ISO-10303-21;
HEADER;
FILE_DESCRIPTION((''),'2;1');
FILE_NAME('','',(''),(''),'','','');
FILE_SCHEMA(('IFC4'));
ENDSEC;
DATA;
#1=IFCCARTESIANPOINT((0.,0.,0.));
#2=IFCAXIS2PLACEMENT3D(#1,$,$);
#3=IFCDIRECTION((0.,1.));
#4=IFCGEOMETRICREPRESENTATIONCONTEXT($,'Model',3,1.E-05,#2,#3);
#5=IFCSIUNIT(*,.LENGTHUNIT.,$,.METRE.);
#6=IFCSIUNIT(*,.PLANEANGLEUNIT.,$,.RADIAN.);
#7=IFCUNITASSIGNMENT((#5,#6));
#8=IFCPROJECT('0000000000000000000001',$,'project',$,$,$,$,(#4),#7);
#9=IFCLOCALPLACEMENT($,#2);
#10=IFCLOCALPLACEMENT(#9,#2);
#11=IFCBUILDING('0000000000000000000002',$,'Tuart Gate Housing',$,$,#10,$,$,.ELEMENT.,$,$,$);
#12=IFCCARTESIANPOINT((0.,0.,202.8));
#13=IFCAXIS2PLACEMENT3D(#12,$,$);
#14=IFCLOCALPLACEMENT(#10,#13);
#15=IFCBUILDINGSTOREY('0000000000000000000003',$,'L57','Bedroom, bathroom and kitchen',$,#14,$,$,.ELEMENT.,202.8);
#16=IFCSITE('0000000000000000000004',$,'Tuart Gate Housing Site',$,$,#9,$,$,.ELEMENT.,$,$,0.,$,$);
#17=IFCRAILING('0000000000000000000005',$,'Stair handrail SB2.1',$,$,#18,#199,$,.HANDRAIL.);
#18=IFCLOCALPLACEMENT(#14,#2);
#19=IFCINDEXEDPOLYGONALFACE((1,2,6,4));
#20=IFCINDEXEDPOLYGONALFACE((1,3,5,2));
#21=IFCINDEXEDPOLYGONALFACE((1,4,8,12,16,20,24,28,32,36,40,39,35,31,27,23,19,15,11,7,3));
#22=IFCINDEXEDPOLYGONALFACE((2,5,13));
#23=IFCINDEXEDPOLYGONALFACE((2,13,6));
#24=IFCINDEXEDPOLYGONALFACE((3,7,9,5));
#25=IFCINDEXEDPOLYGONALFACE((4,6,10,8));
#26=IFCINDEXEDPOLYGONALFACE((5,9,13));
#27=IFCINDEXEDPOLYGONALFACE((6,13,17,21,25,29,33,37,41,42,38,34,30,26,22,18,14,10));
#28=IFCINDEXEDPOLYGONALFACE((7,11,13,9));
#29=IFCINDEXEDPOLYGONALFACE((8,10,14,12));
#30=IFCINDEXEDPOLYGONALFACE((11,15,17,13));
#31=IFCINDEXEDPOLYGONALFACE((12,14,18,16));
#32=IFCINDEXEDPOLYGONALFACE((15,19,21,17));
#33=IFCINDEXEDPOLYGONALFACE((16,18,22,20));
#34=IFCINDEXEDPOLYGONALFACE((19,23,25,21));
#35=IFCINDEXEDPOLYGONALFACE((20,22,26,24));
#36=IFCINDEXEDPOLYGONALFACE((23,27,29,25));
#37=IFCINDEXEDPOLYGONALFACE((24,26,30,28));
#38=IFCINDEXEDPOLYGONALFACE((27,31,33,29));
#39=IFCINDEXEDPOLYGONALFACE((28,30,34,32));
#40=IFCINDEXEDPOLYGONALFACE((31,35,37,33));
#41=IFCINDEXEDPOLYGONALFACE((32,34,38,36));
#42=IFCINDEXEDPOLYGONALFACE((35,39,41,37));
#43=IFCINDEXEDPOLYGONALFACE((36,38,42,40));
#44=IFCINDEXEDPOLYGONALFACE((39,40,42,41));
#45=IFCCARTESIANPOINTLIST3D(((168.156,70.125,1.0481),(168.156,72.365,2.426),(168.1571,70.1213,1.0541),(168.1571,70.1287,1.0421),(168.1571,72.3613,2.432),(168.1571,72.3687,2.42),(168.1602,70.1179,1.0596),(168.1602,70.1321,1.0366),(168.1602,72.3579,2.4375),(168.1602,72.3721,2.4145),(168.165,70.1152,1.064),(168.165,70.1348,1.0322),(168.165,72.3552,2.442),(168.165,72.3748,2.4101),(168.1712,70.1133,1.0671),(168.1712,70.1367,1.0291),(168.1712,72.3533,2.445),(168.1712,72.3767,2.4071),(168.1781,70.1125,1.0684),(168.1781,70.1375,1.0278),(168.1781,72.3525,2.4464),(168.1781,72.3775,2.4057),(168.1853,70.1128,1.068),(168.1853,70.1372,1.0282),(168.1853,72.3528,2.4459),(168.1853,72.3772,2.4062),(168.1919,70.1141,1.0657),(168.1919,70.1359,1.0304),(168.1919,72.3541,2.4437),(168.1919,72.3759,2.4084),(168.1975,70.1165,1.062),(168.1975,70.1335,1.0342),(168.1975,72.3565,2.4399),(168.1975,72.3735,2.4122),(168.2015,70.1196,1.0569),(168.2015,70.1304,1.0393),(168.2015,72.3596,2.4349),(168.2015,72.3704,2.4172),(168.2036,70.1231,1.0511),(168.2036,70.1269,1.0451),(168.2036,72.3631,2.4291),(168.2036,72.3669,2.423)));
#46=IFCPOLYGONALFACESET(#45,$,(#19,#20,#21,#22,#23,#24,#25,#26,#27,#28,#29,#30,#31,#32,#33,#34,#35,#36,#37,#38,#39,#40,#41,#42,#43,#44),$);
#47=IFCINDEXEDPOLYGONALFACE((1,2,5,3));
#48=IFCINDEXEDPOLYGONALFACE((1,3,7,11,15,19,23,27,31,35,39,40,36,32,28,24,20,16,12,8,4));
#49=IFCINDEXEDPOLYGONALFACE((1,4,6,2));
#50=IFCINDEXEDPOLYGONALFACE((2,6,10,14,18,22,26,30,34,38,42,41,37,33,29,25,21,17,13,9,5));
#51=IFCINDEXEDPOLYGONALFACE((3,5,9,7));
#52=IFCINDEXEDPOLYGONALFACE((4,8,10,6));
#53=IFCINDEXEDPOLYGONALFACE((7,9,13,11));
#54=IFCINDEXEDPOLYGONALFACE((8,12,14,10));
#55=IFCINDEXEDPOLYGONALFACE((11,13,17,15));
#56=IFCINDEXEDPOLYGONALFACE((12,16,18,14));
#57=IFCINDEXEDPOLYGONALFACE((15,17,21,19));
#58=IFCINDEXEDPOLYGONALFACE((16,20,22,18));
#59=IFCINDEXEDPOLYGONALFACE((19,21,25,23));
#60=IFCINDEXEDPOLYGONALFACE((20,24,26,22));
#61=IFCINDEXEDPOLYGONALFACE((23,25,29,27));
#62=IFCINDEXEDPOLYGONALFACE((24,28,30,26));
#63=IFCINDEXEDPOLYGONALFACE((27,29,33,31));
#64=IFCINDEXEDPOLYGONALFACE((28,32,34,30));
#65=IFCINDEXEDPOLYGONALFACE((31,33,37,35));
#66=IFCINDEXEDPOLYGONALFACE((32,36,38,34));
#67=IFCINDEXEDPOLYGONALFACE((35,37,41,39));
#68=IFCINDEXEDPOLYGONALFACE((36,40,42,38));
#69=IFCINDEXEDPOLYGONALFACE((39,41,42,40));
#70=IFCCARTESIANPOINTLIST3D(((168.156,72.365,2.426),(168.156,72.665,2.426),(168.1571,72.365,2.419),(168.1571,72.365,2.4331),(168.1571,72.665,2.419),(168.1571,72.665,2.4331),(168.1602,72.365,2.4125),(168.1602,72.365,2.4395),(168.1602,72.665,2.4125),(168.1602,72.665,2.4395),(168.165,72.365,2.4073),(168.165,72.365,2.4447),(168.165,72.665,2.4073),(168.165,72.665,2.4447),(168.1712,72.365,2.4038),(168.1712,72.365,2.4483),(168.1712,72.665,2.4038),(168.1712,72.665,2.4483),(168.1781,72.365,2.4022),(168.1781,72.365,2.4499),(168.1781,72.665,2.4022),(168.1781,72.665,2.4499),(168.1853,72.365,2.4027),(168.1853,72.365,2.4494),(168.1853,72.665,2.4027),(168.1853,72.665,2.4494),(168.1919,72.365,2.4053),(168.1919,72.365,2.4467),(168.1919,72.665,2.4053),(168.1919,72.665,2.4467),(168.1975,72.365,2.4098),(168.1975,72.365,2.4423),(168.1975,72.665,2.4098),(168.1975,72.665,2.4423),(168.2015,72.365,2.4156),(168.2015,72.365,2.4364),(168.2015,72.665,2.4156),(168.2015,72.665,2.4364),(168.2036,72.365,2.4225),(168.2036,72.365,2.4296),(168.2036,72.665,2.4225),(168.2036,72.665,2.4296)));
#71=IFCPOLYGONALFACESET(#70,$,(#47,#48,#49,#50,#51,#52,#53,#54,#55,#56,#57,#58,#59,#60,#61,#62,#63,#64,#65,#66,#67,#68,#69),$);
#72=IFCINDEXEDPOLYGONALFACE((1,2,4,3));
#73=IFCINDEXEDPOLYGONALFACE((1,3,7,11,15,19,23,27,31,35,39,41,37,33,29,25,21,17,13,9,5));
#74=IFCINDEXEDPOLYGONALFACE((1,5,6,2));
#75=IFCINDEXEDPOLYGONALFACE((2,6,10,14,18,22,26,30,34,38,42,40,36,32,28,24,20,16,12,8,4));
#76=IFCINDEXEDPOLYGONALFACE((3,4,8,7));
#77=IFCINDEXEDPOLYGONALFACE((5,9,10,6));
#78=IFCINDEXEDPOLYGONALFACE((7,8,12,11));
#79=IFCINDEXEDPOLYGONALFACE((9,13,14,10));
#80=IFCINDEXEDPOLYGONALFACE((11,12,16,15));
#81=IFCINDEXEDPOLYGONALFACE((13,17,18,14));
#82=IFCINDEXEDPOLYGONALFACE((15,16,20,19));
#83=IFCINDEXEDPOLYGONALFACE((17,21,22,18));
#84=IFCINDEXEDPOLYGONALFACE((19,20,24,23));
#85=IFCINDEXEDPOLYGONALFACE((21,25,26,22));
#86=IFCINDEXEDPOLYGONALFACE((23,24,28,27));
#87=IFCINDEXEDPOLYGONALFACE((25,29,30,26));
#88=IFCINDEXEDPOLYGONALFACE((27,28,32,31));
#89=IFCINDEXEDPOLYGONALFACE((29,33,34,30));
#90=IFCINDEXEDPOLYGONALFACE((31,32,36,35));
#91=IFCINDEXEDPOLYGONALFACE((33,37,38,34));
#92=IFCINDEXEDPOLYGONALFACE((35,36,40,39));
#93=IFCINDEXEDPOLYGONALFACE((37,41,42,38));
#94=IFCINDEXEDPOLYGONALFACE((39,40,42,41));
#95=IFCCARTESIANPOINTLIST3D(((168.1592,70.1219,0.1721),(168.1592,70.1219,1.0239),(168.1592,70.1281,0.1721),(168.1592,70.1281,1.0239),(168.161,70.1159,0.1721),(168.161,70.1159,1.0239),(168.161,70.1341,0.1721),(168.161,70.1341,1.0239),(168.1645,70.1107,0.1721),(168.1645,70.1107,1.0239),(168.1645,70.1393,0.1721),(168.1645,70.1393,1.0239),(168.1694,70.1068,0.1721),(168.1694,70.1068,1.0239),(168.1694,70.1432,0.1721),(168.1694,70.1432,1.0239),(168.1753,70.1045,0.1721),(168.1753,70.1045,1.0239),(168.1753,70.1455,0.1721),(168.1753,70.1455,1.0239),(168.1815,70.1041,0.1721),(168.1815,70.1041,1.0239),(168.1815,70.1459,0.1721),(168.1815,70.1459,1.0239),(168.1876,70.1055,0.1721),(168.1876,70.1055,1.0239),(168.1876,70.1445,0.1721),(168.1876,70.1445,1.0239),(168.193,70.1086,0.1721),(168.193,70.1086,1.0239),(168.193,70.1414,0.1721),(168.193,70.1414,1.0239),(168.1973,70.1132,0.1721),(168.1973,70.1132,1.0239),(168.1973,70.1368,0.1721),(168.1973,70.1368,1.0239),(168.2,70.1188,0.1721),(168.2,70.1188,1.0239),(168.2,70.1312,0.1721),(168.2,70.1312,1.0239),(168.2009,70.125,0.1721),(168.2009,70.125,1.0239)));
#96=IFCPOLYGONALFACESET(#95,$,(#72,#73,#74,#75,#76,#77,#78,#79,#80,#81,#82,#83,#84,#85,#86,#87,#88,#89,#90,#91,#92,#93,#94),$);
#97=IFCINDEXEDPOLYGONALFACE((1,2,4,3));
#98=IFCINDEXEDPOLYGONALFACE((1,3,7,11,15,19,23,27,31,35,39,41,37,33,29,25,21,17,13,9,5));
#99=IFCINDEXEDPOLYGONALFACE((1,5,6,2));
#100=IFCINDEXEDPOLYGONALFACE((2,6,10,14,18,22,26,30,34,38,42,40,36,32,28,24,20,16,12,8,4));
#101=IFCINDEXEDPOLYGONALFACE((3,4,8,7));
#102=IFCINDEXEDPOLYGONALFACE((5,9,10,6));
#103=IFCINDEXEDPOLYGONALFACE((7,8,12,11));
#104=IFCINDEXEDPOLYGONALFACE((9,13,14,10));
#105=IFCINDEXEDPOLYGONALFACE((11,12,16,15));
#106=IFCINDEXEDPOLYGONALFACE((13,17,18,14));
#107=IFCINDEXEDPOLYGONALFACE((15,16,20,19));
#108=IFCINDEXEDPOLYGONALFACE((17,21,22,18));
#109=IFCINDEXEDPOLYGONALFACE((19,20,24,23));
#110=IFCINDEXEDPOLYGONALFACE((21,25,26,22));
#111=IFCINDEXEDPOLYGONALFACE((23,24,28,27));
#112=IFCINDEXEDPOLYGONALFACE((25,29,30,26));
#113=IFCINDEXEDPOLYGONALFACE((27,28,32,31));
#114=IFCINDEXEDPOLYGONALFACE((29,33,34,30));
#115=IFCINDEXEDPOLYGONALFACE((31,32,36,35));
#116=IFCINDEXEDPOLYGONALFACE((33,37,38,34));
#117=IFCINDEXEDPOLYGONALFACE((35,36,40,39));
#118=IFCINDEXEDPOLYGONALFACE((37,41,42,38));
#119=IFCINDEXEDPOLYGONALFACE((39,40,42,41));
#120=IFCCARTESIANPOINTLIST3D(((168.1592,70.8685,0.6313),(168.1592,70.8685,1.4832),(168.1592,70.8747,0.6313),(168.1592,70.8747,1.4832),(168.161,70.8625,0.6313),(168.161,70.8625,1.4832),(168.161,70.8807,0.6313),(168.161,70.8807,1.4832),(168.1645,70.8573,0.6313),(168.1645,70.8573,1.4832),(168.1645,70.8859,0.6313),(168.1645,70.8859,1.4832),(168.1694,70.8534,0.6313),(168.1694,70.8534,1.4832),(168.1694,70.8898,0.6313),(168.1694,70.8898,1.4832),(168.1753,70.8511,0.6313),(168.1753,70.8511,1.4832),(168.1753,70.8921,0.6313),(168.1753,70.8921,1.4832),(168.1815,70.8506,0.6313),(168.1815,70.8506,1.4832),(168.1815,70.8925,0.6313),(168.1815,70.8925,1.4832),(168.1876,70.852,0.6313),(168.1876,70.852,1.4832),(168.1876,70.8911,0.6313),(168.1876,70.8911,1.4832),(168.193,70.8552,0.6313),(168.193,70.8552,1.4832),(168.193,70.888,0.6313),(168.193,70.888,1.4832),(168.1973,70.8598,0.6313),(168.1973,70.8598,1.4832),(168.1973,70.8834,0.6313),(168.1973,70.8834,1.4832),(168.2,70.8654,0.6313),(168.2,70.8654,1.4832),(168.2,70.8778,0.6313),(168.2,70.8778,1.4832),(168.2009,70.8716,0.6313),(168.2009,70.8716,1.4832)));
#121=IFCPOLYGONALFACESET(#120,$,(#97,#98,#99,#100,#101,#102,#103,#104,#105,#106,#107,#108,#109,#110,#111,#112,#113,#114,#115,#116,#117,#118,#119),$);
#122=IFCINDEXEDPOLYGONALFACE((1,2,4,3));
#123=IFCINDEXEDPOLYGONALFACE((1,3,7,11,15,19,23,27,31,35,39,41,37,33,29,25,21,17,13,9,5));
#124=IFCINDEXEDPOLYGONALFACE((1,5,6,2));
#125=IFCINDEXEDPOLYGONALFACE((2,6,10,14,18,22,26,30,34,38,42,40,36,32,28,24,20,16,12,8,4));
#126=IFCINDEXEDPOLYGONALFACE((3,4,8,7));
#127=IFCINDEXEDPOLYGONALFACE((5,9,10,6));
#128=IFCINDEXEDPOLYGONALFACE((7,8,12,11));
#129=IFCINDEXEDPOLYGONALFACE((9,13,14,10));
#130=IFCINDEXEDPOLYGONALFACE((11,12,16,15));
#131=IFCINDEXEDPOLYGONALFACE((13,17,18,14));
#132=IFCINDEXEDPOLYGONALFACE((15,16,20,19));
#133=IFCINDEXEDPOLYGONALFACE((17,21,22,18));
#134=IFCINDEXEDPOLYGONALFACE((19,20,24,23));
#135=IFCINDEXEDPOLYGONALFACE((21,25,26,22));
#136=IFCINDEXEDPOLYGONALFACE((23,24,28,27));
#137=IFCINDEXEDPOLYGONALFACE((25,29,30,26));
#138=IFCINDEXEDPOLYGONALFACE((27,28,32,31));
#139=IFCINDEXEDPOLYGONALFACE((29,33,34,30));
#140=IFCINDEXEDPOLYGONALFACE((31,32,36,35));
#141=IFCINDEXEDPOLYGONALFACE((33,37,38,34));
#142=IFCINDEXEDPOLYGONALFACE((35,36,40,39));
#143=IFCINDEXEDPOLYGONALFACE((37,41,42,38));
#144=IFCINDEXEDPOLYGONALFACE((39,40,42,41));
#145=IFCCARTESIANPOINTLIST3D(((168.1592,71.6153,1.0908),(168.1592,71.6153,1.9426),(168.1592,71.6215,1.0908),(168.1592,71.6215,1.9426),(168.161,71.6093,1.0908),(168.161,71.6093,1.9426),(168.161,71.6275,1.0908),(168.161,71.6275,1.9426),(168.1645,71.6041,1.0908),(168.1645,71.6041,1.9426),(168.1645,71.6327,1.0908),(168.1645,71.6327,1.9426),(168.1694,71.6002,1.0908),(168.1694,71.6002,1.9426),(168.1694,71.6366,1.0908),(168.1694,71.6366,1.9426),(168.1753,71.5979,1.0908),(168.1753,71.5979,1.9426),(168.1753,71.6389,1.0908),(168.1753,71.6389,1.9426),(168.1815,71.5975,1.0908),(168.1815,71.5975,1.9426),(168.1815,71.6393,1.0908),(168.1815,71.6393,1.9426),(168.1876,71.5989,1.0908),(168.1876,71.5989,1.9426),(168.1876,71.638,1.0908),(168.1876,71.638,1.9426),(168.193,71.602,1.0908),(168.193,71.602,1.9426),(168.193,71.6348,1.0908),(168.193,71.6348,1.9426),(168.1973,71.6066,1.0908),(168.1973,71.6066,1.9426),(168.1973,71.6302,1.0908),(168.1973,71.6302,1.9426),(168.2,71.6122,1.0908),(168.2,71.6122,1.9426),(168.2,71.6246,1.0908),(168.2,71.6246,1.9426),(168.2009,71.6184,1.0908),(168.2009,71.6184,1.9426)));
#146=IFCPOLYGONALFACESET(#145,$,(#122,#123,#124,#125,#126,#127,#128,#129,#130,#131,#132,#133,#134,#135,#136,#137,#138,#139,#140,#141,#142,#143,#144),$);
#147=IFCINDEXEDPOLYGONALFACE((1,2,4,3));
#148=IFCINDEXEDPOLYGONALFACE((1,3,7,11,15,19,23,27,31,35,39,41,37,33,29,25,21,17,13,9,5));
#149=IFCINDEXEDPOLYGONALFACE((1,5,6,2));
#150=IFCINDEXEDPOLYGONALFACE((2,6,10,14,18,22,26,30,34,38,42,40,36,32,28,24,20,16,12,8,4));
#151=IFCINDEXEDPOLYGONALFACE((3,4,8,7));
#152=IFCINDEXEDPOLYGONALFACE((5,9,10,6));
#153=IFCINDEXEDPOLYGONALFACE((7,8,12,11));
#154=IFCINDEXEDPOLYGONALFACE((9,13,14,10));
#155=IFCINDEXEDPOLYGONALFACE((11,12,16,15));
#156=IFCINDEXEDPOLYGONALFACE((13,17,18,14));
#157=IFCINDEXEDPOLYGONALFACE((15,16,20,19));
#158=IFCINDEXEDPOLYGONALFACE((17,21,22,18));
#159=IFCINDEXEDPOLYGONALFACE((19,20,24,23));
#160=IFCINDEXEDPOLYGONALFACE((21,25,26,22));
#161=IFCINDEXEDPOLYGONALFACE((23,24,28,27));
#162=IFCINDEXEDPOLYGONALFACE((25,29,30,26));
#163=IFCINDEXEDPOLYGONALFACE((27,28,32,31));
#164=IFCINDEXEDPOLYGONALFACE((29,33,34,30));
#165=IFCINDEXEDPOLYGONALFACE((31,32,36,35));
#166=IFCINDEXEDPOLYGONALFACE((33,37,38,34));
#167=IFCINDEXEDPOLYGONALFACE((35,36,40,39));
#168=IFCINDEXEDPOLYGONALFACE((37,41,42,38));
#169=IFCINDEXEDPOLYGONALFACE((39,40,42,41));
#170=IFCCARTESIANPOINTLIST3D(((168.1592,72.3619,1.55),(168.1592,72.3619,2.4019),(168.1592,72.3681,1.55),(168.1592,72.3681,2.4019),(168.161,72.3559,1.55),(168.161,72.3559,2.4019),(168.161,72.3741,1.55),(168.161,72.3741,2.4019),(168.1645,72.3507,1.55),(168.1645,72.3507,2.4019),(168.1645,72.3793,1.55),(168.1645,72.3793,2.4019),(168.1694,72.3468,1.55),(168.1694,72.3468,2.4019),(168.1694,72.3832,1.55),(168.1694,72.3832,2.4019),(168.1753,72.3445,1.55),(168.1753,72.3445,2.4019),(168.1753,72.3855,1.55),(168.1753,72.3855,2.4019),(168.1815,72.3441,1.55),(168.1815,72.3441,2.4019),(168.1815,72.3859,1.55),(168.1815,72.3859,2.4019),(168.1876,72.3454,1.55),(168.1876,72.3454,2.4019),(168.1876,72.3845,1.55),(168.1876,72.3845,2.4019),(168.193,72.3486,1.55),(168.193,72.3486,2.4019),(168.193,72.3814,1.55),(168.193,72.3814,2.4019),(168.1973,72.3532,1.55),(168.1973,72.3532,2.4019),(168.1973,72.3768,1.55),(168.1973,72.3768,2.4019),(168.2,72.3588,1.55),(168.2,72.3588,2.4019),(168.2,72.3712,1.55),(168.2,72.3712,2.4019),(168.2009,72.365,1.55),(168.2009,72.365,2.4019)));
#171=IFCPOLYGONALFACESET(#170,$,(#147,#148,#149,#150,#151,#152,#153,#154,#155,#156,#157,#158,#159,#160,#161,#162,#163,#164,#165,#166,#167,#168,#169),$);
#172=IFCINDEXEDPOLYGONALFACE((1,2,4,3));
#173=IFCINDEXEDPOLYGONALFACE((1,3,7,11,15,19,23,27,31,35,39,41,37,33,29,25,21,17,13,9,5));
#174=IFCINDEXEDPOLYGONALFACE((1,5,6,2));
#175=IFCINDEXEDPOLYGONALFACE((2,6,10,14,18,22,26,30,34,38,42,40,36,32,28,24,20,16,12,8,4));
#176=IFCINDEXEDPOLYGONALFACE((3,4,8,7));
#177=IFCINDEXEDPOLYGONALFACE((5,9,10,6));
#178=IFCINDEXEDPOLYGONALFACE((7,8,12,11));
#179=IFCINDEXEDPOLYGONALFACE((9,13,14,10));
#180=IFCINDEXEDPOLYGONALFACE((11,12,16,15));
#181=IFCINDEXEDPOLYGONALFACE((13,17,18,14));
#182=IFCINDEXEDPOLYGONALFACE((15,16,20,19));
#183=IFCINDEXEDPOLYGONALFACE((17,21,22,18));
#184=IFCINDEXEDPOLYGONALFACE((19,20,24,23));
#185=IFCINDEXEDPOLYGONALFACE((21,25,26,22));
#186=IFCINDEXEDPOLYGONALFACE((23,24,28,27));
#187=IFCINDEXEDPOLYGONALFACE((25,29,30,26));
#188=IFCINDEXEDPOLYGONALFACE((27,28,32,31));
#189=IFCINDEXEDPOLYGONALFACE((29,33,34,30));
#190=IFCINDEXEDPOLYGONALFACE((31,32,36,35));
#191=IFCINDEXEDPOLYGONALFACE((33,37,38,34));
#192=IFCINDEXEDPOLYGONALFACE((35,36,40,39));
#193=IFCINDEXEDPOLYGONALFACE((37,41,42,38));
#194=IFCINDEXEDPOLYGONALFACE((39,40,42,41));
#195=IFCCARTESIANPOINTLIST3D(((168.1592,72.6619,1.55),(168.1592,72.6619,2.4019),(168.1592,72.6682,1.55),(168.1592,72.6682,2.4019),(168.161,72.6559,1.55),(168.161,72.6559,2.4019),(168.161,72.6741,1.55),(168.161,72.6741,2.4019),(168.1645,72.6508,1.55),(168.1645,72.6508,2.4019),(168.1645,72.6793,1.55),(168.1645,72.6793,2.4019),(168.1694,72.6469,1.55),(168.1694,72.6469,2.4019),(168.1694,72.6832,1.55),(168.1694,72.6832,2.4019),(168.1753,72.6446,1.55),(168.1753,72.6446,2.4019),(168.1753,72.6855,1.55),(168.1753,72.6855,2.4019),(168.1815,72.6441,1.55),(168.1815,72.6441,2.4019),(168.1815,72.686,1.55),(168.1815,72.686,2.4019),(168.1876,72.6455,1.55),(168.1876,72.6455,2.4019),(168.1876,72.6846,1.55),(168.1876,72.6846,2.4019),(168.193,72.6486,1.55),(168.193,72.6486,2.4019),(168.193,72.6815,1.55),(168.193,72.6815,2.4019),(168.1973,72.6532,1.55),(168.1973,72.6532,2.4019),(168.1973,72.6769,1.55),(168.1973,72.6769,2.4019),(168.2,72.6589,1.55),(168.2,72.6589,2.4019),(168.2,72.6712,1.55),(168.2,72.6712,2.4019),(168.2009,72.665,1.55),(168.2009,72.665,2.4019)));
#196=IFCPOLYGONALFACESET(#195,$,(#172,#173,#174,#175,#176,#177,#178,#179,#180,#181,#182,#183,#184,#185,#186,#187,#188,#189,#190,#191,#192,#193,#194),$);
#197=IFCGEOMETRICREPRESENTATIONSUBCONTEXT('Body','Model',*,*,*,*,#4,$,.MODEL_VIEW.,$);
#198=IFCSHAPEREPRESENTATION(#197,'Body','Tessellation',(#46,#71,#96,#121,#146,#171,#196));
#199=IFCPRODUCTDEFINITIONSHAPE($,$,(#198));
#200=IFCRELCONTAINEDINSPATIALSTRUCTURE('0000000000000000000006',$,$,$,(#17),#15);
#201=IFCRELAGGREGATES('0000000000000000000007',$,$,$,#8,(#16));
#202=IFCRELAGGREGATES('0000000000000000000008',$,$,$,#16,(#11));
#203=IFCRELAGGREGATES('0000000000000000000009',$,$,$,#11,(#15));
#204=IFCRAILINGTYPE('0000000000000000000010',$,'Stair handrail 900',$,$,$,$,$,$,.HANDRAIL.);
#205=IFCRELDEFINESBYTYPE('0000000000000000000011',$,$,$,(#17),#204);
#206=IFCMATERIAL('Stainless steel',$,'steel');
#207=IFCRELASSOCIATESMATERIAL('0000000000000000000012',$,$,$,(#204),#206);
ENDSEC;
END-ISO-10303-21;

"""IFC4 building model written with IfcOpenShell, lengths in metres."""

from ifc_helpers import new_model, si_unit, direction, frame, origin, origin_2d, place, context, subcontext, project, spatial, circle, extrude, material, type_object, element, save


model = new_model("IFC4")

# Units and contexts
model_context = context("Model", 3, precision=1e-05, world=origin(), true_north=direction((0.0, 1.0)))
body_context = subcontext(model_context, "Body", "Model", "MODEL_VIEW")
ifc_project = project(units=[si_unit("LENGTHUNIT", "METRE"), si_unit("PLANEANGLEUNIT", "RADIAN")], contexts=[model_context])

# Site, building, storey
site_placement = place(None, origin())
site = spatial("IfcSite", under=ifc_project, at=site_placement, Name="Tuart Gate Housing Site", CompositionType="ELEMENT", RefElevation=0.0)
building_placement = place(site_placement, origin())
building = spatial("IfcBuilding", under=site, at=building_placement, Name="Tuart Gate Housing", CompositionType="ELEMENT")
storey_placement = place(building_placement, frame((0.0, 0.0, 202.8)))
storey = spatial("IfcBuildingStorey", under=building, at=storey_placement, Name="L57", Description="Bedroom, bathroom and kitchen", CompositionType="ELEMENT", Elevation=202.8)

# Railing
ifc_material_1 = material(Name="Stainless steel", Category="steel")
railing_type = type_object("IfcRailingType", Name="Stair handrail 900", PredefinedType="HANDRAIL", material=ifc_material_1)
railing_placement = place(storey_placement, frame((168.1799, 70.125, 0.1721)))
element("IfcRailing", 1, at=railing_placement, inside=storey, type_object=railing_type, Name="Stair handrail SB2.1", PredefinedType="HANDRAIL", context=body_context, shape_type="SweptSolid", body=[
    extrude(circle(Radius=0.0239, at=origin_2d()), frame((0.0, 0.0, 0.876), z_axis=(0.0, 0.851748, 0.523952), x_axis=(-1.0, 0.0, 0.0)), (0.0, 0.0, 1.0), 2.6299),
    extrude(circle(Radius=0.0239, at=origin_2d()), frame((0.0, 2.24, 2.2539), z_axis=(0.0, 1.0, 0.0), x_axis=(-1.0, 0.0, 0.0)), (0.0, 0.0, 1.0), 0.3),
    extrude(circle(Radius=0.021, at=origin_2d()), origin(), (0.0, 0.0, 1.0), 0.8518),
    extrude(circle(Radius=0.021, at=origin_2d()), frame((0.0, 0.7466, 0.4592)), (0.0, 0.0, 1.0), 0.8518),
    extrude(circle(Radius=0.021, at=origin_2d()), frame((0.0, 1.4934, 0.9187)), (0.0, 0.0, 1.0), 0.8518),
    extrude(circle(Radius=0.021, at=origin_2d()), frame((0.0, 2.24, 1.3779)), (0.0, 0.0, 1.0), 0.8518),
    extrude(circle(Radius=0.021, at=origin_2d()), frame((0.0, 2.54, 1.3779)), (0.0, 0.0, 1.0), 0.8518),
])

save(model, "model.ifc")
